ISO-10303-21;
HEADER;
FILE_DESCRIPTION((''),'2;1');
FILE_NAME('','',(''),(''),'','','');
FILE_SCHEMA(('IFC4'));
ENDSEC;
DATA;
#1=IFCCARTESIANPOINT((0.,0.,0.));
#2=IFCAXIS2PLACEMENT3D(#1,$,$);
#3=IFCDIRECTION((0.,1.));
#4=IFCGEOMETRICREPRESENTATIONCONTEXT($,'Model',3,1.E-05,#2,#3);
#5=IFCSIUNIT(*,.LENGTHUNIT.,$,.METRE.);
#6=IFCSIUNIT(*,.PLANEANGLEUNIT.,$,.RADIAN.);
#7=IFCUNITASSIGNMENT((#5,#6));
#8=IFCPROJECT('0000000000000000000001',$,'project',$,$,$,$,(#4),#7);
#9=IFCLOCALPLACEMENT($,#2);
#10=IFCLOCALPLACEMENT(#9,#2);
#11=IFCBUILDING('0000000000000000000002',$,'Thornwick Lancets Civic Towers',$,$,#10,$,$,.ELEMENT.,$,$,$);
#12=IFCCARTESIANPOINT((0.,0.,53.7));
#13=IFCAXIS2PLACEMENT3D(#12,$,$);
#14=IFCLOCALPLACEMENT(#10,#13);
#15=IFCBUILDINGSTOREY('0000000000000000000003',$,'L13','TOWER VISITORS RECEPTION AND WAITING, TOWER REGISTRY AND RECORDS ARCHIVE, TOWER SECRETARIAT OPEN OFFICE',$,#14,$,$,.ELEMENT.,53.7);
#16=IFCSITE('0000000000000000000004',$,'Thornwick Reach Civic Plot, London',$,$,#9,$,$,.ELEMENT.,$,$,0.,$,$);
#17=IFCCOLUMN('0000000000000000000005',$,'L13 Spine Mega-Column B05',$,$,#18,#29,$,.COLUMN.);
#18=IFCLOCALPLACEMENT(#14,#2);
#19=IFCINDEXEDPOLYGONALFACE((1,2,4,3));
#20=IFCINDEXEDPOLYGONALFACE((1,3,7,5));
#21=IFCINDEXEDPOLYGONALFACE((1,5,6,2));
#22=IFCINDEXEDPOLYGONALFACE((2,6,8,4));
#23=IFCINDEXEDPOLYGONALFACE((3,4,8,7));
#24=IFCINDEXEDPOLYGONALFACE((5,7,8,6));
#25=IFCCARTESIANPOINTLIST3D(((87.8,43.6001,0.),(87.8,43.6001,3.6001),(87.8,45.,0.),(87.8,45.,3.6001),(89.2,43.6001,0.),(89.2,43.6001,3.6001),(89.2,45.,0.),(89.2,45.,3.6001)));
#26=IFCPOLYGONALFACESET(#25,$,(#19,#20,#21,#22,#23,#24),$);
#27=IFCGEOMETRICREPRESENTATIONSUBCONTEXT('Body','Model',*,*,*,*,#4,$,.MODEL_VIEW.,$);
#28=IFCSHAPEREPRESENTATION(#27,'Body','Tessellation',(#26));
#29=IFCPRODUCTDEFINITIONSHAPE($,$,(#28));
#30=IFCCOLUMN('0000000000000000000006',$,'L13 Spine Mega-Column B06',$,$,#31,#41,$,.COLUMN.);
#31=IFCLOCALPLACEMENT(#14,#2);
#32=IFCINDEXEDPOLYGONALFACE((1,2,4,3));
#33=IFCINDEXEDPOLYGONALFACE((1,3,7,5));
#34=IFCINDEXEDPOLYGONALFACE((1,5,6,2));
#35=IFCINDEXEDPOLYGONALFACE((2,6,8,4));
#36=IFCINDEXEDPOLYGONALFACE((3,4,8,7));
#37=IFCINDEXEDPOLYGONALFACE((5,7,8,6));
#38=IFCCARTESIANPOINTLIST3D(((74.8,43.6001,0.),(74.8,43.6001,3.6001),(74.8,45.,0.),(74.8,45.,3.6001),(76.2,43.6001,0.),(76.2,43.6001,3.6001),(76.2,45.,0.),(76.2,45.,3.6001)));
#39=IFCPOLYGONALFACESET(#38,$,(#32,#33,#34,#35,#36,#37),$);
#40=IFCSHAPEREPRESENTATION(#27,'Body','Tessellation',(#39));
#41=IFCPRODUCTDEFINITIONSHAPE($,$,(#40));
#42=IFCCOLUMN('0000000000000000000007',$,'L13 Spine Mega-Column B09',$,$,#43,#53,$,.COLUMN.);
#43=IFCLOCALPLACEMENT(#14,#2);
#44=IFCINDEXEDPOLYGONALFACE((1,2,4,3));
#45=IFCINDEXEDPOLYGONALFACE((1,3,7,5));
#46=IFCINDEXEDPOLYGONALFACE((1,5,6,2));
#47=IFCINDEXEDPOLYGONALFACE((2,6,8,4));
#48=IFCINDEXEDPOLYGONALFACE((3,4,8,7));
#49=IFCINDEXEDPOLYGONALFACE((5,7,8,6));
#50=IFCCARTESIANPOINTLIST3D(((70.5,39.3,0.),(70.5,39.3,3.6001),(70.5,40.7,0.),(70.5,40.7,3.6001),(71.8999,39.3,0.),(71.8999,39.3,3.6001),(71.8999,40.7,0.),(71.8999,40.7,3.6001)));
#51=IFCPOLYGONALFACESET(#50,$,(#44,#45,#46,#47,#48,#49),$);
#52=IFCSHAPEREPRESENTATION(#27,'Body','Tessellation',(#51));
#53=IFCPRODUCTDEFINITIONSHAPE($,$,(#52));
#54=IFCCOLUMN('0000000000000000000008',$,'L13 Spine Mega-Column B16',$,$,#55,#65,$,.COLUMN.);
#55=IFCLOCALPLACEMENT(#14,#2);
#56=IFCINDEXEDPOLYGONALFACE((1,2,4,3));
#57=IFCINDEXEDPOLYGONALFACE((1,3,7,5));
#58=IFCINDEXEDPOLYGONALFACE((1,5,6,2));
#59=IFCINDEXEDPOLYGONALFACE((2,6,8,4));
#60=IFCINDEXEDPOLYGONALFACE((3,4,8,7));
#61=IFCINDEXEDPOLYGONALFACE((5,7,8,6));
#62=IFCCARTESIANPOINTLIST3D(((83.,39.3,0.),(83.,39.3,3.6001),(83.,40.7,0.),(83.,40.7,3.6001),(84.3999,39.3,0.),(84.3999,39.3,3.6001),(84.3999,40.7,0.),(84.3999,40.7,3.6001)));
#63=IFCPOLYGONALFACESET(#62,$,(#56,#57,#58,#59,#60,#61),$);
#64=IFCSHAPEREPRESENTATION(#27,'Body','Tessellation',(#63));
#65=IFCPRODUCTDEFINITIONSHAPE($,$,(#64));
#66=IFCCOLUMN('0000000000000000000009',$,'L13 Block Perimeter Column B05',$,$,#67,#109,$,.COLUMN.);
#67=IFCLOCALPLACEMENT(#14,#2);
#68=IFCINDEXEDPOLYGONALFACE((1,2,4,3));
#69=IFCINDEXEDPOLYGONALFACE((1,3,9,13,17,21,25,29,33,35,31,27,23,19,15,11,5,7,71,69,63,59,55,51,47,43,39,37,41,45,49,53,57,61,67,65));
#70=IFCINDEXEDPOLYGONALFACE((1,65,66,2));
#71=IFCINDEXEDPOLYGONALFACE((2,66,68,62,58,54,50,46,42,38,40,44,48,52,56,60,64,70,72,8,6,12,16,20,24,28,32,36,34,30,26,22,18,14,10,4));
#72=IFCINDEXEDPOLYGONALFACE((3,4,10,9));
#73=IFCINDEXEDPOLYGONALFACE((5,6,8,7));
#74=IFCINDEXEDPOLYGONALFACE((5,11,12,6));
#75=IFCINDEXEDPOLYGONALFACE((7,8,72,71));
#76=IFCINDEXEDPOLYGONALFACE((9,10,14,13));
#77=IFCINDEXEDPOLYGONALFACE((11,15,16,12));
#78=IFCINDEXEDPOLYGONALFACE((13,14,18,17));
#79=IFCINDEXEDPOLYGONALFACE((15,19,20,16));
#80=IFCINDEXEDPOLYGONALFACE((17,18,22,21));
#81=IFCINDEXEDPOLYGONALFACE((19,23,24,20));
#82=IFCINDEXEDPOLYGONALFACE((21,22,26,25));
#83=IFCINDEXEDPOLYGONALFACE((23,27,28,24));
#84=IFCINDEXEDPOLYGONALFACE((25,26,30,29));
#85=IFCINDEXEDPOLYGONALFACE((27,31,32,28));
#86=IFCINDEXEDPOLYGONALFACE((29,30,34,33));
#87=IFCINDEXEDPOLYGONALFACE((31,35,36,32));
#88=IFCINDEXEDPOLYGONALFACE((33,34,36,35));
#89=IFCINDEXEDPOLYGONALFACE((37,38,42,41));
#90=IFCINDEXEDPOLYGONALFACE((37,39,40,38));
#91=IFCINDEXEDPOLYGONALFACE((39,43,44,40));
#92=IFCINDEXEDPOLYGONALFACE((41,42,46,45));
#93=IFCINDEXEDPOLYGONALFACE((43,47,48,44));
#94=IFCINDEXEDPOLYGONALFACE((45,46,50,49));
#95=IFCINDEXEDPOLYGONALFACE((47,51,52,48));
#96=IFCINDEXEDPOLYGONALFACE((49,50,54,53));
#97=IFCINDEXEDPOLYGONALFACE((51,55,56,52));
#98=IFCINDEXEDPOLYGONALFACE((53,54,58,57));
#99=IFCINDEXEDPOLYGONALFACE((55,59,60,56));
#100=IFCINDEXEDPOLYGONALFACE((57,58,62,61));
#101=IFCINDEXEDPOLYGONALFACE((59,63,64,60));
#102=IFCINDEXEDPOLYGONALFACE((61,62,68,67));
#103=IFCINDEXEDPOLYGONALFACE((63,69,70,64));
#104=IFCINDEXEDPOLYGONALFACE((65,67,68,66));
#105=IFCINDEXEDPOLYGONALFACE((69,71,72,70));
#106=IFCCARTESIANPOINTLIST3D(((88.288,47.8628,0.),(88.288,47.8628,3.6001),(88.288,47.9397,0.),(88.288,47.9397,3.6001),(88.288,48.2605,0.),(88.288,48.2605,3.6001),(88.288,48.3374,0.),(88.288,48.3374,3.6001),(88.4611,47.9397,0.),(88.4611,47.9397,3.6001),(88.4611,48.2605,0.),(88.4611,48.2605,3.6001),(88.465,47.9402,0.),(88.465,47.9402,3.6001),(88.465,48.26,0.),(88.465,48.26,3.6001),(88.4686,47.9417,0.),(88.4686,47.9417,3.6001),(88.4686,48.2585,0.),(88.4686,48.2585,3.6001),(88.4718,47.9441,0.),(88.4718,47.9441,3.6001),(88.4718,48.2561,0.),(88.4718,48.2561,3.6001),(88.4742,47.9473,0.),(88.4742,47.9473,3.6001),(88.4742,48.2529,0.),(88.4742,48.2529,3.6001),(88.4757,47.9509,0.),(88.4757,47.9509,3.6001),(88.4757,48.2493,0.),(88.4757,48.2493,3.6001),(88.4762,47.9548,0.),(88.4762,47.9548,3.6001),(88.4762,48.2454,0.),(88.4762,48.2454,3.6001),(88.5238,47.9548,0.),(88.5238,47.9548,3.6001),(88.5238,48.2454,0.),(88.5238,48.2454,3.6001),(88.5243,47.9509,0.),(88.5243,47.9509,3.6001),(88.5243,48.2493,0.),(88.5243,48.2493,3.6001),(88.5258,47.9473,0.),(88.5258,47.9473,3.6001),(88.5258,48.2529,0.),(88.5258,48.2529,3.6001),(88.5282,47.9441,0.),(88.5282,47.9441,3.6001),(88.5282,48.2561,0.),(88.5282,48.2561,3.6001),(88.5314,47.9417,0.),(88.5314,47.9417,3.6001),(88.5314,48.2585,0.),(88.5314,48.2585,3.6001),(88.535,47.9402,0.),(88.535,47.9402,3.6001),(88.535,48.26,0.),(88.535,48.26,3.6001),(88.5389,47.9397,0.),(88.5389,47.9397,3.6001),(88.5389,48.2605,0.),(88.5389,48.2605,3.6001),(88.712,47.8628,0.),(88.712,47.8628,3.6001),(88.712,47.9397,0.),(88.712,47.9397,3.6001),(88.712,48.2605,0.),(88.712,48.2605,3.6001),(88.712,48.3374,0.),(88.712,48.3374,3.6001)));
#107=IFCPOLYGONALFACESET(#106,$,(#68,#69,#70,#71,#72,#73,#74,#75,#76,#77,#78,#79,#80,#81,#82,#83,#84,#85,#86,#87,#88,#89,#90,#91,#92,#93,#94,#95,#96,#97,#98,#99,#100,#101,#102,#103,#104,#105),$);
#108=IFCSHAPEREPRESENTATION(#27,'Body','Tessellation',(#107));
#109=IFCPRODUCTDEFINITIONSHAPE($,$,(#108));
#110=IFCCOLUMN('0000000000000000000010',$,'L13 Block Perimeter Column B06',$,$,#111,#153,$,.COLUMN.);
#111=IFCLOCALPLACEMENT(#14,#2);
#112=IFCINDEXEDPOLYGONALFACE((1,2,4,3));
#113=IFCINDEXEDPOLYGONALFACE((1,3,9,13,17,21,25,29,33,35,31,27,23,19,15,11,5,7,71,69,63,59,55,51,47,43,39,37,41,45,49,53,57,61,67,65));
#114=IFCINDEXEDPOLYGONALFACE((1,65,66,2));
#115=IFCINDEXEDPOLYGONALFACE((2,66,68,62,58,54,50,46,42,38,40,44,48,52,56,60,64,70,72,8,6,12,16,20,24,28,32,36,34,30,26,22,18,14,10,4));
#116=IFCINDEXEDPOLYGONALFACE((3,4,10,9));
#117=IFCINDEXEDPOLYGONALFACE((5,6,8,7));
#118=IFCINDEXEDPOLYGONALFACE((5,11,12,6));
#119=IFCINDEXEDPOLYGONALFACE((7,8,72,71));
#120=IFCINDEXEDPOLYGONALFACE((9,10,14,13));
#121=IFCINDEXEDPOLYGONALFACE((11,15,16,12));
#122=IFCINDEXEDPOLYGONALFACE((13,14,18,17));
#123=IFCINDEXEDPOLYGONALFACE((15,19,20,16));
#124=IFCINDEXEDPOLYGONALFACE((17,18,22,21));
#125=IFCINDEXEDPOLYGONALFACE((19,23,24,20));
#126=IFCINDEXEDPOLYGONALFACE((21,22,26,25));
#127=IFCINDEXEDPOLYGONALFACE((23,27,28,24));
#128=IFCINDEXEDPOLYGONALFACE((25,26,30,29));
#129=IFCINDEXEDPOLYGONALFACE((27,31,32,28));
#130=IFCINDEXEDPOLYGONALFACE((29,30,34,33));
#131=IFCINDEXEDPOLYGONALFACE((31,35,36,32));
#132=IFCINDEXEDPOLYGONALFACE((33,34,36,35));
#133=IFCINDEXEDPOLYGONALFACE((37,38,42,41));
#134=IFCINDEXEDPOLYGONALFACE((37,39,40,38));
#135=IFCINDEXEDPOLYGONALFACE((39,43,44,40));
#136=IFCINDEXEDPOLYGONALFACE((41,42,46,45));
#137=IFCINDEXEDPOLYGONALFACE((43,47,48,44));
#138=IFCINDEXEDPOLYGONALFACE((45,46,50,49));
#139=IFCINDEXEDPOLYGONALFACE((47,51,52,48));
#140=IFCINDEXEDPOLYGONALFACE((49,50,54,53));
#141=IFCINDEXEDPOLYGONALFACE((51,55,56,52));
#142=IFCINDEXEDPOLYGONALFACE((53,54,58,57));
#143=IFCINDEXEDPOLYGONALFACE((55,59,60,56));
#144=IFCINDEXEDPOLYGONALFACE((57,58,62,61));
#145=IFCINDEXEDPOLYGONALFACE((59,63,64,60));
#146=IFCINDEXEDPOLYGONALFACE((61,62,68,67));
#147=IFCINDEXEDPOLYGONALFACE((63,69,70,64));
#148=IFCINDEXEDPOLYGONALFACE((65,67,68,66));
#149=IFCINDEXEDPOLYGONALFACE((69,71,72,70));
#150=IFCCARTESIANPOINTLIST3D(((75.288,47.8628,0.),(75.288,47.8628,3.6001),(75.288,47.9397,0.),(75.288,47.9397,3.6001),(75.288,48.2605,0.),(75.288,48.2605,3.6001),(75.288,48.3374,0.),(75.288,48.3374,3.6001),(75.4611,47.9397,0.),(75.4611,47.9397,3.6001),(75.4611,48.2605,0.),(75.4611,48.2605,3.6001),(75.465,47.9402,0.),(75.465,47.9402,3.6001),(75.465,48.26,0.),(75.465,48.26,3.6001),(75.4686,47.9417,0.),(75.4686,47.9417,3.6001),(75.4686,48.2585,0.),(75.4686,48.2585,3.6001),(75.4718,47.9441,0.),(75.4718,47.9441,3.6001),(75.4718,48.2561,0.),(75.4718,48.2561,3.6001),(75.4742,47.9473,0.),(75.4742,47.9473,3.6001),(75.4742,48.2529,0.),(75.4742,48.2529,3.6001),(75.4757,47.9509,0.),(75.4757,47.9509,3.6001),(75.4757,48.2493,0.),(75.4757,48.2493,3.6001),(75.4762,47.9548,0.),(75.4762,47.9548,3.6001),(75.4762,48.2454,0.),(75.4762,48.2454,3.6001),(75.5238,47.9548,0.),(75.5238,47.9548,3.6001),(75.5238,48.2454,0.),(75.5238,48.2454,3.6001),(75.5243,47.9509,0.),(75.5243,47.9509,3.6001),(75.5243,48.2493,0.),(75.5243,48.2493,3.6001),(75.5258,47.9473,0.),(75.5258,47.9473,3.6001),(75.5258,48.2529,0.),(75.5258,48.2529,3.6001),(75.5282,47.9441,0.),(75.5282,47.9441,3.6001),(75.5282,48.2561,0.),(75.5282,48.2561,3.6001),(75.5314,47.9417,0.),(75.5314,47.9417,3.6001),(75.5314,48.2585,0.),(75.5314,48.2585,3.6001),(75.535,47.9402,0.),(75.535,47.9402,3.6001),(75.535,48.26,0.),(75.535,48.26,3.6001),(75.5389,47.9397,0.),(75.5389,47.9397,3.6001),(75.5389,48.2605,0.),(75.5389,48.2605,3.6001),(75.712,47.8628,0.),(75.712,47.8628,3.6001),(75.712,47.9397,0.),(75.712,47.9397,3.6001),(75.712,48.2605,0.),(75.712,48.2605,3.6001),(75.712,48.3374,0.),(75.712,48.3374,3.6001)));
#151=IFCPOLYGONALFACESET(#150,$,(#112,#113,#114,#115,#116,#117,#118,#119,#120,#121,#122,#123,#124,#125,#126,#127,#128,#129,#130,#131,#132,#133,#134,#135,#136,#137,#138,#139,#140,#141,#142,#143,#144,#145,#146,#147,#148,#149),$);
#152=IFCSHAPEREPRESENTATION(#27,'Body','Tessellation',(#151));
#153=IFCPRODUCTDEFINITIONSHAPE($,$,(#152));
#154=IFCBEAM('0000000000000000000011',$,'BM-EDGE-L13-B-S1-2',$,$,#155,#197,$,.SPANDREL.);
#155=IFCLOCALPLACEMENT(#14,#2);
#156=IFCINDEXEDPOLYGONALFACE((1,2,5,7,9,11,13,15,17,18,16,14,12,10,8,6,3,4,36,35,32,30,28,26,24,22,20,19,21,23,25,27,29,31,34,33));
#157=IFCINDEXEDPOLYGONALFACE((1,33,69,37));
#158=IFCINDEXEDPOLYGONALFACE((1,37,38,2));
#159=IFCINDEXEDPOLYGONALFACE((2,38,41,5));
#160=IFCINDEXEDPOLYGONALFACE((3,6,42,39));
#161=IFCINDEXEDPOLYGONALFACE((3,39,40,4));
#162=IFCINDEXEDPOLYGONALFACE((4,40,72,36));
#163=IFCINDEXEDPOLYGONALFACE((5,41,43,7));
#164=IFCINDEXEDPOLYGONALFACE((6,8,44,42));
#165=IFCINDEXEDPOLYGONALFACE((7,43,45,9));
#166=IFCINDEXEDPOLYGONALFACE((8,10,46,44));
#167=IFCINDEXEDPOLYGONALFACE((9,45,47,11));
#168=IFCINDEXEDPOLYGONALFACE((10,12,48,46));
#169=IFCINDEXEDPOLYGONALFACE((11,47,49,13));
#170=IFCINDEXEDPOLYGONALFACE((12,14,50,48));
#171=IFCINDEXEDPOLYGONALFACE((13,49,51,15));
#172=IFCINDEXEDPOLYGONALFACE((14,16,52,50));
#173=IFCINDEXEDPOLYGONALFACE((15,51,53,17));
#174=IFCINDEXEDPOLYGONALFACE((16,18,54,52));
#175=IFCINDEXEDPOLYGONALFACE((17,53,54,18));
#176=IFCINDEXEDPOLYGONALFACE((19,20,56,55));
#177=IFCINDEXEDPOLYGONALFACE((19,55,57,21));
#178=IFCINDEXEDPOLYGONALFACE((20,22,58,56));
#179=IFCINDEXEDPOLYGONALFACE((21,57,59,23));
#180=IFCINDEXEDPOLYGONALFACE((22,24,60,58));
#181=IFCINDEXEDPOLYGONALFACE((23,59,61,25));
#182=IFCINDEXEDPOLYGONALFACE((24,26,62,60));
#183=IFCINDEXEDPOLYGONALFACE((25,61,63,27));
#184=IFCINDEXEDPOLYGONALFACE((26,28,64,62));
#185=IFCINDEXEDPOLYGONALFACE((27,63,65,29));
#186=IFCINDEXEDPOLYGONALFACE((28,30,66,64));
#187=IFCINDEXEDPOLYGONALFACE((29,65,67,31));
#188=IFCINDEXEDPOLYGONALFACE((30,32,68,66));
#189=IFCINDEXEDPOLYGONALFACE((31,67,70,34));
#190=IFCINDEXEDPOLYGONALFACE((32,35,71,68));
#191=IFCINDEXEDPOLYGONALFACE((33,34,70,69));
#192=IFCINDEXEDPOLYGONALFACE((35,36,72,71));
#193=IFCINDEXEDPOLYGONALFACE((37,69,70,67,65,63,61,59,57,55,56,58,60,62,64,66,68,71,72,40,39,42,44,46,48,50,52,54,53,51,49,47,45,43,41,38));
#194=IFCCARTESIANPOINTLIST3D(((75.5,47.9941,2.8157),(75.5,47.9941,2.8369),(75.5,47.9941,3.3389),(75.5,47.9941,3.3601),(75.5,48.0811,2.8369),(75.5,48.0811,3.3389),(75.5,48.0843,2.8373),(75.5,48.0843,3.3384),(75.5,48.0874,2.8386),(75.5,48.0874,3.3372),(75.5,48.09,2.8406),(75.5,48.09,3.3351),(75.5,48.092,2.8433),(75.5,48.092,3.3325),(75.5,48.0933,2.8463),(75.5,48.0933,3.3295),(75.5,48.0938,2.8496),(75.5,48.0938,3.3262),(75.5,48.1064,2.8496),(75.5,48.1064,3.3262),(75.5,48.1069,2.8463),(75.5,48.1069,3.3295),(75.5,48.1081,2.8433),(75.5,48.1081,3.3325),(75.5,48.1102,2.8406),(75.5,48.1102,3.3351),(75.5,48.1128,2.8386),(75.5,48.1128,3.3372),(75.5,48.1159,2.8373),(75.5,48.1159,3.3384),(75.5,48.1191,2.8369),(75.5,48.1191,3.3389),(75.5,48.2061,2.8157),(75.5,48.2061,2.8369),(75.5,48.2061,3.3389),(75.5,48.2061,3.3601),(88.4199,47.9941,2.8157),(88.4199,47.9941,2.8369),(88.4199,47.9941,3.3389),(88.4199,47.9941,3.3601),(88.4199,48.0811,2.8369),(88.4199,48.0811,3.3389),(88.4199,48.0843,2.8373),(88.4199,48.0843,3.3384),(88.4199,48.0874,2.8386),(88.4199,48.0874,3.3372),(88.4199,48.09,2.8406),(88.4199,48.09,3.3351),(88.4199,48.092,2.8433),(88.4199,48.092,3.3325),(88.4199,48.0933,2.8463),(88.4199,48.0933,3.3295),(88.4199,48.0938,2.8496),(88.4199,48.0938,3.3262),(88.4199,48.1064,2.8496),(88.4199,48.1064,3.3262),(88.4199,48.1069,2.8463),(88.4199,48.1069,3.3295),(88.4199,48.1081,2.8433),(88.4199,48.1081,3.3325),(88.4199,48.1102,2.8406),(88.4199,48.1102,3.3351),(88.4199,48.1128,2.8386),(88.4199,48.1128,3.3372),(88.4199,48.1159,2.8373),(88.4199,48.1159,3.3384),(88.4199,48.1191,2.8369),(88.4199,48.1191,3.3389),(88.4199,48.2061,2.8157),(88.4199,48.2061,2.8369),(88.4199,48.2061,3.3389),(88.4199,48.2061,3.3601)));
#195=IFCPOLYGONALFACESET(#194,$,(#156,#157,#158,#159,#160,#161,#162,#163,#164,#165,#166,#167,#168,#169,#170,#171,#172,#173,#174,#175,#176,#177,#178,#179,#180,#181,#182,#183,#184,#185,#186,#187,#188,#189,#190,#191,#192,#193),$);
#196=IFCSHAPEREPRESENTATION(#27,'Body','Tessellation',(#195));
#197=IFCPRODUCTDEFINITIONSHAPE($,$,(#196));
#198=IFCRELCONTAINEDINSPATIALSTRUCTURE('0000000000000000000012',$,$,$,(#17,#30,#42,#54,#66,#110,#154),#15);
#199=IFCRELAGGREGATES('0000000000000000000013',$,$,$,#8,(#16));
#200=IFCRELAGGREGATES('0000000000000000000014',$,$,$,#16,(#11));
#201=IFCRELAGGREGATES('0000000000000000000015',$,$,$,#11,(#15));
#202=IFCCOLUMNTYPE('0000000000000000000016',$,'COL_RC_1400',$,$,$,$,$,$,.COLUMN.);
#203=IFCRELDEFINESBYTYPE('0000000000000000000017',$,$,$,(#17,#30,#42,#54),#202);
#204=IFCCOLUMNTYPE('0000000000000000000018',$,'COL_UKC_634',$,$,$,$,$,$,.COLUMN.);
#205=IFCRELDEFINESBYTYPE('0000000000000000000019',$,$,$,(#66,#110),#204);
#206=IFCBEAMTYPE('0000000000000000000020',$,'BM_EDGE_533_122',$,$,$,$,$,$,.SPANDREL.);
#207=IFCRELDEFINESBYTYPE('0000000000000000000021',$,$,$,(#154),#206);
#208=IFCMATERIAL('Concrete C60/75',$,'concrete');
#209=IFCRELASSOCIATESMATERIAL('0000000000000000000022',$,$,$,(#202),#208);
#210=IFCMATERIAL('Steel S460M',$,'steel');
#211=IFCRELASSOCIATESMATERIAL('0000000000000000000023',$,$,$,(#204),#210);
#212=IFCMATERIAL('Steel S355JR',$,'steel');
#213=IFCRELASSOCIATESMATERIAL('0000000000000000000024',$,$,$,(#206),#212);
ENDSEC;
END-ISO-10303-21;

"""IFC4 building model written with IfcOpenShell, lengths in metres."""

from ifc_helpers import new_model, si_unit, direction, frame, origin, origin_2d, place, context, subcontext, project, spatial, rectangle, i_section, extrude, material, material_profile, profile_set, type_object, element, save


model = new_model("IFC4")

# Units and contexts
model_context = context("Model", 3, precision=1e-05, world=origin(), true_north=direction((0.0, 1.0)))
body_context = subcontext(model_context, "Body", "Model", "MODEL_VIEW")
ifc_project = project(units=[si_unit("LENGTHUNIT", "METRE"), si_unit("PLANEANGLEUNIT", "RADIAN")], contexts=[model_context])

# Site, building, storey
site_placement = place(None, origin())
site = spatial("IfcSite", under=ifc_project, at=site_placement, Name="Thornwick Reach Civic Plot, London", CompositionType="ELEMENT", RefElevation=0.0)
building_placement = place(site_placement, origin())
building = spatial("IfcBuilding", under=site, at=building_placement, Name="Thornwick Lancets Civic Towers", CompositionType="ELEMENT")
storey_placement = place(building_placement, frame((0.0, 0.0, 53.7)))
storey = spatial("IfcBuildingStorey", under=building, at=storey_placement, Name="L13", Description="TOWER VISITORS RECEPTION AND WAITING, TOWER REGISTRY AND RECORDS ARCHIVE, TOWER SECRETARIAT OPEN OFFICE", CompositionType="ELEMENT", Elevation=53.7)

# Columns
ifc_material_1 = material(Name="Concrete C60/75", Category="concrete")
ifc_material_profile_1 = material_profile(ifc_material_1, rectangle(XDim=1.3999, YDim=1.3999, at=origin_2d()), Name="RC 1400x1400")
ifc_profile_set_1 = profile_set([ifc_material_profile_1], Name="Concrete C60/75")
column_type_1 = type_object("IfcColumnType", Name="COL_RC_1400", PredefinedType="COLUMN", material=ifc_profile_set_1)
for number, where, z_axis, x_axis, name in (
    (1, (88.5, 44.3, 0.0), (0.0, 0.0, 1.0), (1.0, 0.0, 0.0), "L13 Spine Mega-Column B05"),
    (2, (75.5, 44.3, 0.0), (0.0, 0.0, 1.0), (1.0, 0.0, 0.0), "L13 Spine Mega-Column B06"),
    (3, (71.2, 40.0, 0.0), (0.0, 0.0, 1.0), (1.0, 0.0, 0.0), "L13 Spine Mega-Column B09"),
    (4, (83.7, 40.0, 0.0), (0.0, 0.0, 1.0), (1.0, 0.0, 0.0), "L13 Spine Mega-Column B16"),
):
    element("IfcColumn", number, at=place(storey_placement, frame(where, z_axis=z_axis, x_axis=x_axis)), inside=storey, type_object=column_type_1, Name=name, PredefinedType="COLUMN", context=body_context, shape_type="SweptSolid", body=[
        extrude(rectangle(XDim=1.3999, YDim=1.3999, at=origin_2d()), origin(), (0.0, 0.0, 1.0), 3.6001),
    ])
ifc_material_2 = material(Name="Steel S460M", Category="steel")
ifc_material_profile_2 = material_profile(ifc_material_2, i_section(OverallWidth=0.4241, OverallDepth=0.4746, WebThickness=0.0476, FlangeThickness=0.0769, FilletRadius=0.0151, at=origin_2d()), Name="UKC 356x406x634")
ifc_profile_set_2 = profile_set([ifc_material_profile_2], Name="Steel S460M")
column_type_2 = type_object("IfcColumnType", Name="COL_UKC_634", PredefinedType="COLUMN", material=ifc_profile_set_2)
for number, where, z_axis, x_axis, name in (
    (5, (88.5, 48.1001, 0.0), (0.0, 0.0, 1.0), (1.0, 0.0, 0.0), "L13 Block Perimeter Column B05"),
    (6, (75.5, 48.1001, 0.0), (0.0, 0.0, 1.0), (1.0, 0.0, 0.0), "L13 Block Perimeter Column B06"),
):
    element("IfcColumn", number, at=place(storey_placement, frame(where, z_axis=z_axis, x_axis=x_axis)), inside=storey, type_object=column_type_2, Name=name, PredefinedType="COLUMN", context=body_context, shape_type="SweptSolid", body=[
        extrude(i_section(OverallWidth=0.4241, OverallDepth=0.4746, WebThickness=0.0476, FlangeThickness=0.0769, FilletRadius=0.0151, at=origin_2d()), origin(), (0.0, 0.0, 1.0), 3.6001),
    ])

# Beam
ifc_material_3 = material(Name="Steel S355JR", Category="steel")
ifc_material_profile_3 = material_profile(ifc_material_3, i_section(OverallWidth=0.2119, OverallDepth=0.5444, WebThickness=0.0127, FlangeThickness=0.0212, FilletRadius=0.0127, at=origin_2d()), Name="UKB 533x210x122")
ifc_profile_set_3 = profile_set([ifc_material_profile_3], Name="Steel S355JR")
beam_type_1 = type_object("IfcBeamType", Name="BM_EDGE_533_122", PredefinedType="SPANDREL", material=ifc_profile_set_3)
beam_1_placement = place(storey_placement, frame((88.4199, 48.1001, 3.0879), z_axis=(-1.0, 0.0, 0.0), x_axis=(0.0, -1.0, 0.0)))
element("IfcBeam", 7, at=beam_1_placement, inside=storey, type_object=beam_type_1, Name="BM-EDGE-L13-B-S1-2", PredefinedType="SPANDREL", context=body_context, shape_type="SweptSolid", body=[
    extrude(i_section(OverallWidth=0.2119, OverallDepth=0.5444, WebThickness=0.0127, FlangeThickness=0.0212, FilletRadius=0.0127, at=origin_2d()), origin(), (0.0, 0.0, 1.0), 12.9199),
])

save(model, "model.ifc")
